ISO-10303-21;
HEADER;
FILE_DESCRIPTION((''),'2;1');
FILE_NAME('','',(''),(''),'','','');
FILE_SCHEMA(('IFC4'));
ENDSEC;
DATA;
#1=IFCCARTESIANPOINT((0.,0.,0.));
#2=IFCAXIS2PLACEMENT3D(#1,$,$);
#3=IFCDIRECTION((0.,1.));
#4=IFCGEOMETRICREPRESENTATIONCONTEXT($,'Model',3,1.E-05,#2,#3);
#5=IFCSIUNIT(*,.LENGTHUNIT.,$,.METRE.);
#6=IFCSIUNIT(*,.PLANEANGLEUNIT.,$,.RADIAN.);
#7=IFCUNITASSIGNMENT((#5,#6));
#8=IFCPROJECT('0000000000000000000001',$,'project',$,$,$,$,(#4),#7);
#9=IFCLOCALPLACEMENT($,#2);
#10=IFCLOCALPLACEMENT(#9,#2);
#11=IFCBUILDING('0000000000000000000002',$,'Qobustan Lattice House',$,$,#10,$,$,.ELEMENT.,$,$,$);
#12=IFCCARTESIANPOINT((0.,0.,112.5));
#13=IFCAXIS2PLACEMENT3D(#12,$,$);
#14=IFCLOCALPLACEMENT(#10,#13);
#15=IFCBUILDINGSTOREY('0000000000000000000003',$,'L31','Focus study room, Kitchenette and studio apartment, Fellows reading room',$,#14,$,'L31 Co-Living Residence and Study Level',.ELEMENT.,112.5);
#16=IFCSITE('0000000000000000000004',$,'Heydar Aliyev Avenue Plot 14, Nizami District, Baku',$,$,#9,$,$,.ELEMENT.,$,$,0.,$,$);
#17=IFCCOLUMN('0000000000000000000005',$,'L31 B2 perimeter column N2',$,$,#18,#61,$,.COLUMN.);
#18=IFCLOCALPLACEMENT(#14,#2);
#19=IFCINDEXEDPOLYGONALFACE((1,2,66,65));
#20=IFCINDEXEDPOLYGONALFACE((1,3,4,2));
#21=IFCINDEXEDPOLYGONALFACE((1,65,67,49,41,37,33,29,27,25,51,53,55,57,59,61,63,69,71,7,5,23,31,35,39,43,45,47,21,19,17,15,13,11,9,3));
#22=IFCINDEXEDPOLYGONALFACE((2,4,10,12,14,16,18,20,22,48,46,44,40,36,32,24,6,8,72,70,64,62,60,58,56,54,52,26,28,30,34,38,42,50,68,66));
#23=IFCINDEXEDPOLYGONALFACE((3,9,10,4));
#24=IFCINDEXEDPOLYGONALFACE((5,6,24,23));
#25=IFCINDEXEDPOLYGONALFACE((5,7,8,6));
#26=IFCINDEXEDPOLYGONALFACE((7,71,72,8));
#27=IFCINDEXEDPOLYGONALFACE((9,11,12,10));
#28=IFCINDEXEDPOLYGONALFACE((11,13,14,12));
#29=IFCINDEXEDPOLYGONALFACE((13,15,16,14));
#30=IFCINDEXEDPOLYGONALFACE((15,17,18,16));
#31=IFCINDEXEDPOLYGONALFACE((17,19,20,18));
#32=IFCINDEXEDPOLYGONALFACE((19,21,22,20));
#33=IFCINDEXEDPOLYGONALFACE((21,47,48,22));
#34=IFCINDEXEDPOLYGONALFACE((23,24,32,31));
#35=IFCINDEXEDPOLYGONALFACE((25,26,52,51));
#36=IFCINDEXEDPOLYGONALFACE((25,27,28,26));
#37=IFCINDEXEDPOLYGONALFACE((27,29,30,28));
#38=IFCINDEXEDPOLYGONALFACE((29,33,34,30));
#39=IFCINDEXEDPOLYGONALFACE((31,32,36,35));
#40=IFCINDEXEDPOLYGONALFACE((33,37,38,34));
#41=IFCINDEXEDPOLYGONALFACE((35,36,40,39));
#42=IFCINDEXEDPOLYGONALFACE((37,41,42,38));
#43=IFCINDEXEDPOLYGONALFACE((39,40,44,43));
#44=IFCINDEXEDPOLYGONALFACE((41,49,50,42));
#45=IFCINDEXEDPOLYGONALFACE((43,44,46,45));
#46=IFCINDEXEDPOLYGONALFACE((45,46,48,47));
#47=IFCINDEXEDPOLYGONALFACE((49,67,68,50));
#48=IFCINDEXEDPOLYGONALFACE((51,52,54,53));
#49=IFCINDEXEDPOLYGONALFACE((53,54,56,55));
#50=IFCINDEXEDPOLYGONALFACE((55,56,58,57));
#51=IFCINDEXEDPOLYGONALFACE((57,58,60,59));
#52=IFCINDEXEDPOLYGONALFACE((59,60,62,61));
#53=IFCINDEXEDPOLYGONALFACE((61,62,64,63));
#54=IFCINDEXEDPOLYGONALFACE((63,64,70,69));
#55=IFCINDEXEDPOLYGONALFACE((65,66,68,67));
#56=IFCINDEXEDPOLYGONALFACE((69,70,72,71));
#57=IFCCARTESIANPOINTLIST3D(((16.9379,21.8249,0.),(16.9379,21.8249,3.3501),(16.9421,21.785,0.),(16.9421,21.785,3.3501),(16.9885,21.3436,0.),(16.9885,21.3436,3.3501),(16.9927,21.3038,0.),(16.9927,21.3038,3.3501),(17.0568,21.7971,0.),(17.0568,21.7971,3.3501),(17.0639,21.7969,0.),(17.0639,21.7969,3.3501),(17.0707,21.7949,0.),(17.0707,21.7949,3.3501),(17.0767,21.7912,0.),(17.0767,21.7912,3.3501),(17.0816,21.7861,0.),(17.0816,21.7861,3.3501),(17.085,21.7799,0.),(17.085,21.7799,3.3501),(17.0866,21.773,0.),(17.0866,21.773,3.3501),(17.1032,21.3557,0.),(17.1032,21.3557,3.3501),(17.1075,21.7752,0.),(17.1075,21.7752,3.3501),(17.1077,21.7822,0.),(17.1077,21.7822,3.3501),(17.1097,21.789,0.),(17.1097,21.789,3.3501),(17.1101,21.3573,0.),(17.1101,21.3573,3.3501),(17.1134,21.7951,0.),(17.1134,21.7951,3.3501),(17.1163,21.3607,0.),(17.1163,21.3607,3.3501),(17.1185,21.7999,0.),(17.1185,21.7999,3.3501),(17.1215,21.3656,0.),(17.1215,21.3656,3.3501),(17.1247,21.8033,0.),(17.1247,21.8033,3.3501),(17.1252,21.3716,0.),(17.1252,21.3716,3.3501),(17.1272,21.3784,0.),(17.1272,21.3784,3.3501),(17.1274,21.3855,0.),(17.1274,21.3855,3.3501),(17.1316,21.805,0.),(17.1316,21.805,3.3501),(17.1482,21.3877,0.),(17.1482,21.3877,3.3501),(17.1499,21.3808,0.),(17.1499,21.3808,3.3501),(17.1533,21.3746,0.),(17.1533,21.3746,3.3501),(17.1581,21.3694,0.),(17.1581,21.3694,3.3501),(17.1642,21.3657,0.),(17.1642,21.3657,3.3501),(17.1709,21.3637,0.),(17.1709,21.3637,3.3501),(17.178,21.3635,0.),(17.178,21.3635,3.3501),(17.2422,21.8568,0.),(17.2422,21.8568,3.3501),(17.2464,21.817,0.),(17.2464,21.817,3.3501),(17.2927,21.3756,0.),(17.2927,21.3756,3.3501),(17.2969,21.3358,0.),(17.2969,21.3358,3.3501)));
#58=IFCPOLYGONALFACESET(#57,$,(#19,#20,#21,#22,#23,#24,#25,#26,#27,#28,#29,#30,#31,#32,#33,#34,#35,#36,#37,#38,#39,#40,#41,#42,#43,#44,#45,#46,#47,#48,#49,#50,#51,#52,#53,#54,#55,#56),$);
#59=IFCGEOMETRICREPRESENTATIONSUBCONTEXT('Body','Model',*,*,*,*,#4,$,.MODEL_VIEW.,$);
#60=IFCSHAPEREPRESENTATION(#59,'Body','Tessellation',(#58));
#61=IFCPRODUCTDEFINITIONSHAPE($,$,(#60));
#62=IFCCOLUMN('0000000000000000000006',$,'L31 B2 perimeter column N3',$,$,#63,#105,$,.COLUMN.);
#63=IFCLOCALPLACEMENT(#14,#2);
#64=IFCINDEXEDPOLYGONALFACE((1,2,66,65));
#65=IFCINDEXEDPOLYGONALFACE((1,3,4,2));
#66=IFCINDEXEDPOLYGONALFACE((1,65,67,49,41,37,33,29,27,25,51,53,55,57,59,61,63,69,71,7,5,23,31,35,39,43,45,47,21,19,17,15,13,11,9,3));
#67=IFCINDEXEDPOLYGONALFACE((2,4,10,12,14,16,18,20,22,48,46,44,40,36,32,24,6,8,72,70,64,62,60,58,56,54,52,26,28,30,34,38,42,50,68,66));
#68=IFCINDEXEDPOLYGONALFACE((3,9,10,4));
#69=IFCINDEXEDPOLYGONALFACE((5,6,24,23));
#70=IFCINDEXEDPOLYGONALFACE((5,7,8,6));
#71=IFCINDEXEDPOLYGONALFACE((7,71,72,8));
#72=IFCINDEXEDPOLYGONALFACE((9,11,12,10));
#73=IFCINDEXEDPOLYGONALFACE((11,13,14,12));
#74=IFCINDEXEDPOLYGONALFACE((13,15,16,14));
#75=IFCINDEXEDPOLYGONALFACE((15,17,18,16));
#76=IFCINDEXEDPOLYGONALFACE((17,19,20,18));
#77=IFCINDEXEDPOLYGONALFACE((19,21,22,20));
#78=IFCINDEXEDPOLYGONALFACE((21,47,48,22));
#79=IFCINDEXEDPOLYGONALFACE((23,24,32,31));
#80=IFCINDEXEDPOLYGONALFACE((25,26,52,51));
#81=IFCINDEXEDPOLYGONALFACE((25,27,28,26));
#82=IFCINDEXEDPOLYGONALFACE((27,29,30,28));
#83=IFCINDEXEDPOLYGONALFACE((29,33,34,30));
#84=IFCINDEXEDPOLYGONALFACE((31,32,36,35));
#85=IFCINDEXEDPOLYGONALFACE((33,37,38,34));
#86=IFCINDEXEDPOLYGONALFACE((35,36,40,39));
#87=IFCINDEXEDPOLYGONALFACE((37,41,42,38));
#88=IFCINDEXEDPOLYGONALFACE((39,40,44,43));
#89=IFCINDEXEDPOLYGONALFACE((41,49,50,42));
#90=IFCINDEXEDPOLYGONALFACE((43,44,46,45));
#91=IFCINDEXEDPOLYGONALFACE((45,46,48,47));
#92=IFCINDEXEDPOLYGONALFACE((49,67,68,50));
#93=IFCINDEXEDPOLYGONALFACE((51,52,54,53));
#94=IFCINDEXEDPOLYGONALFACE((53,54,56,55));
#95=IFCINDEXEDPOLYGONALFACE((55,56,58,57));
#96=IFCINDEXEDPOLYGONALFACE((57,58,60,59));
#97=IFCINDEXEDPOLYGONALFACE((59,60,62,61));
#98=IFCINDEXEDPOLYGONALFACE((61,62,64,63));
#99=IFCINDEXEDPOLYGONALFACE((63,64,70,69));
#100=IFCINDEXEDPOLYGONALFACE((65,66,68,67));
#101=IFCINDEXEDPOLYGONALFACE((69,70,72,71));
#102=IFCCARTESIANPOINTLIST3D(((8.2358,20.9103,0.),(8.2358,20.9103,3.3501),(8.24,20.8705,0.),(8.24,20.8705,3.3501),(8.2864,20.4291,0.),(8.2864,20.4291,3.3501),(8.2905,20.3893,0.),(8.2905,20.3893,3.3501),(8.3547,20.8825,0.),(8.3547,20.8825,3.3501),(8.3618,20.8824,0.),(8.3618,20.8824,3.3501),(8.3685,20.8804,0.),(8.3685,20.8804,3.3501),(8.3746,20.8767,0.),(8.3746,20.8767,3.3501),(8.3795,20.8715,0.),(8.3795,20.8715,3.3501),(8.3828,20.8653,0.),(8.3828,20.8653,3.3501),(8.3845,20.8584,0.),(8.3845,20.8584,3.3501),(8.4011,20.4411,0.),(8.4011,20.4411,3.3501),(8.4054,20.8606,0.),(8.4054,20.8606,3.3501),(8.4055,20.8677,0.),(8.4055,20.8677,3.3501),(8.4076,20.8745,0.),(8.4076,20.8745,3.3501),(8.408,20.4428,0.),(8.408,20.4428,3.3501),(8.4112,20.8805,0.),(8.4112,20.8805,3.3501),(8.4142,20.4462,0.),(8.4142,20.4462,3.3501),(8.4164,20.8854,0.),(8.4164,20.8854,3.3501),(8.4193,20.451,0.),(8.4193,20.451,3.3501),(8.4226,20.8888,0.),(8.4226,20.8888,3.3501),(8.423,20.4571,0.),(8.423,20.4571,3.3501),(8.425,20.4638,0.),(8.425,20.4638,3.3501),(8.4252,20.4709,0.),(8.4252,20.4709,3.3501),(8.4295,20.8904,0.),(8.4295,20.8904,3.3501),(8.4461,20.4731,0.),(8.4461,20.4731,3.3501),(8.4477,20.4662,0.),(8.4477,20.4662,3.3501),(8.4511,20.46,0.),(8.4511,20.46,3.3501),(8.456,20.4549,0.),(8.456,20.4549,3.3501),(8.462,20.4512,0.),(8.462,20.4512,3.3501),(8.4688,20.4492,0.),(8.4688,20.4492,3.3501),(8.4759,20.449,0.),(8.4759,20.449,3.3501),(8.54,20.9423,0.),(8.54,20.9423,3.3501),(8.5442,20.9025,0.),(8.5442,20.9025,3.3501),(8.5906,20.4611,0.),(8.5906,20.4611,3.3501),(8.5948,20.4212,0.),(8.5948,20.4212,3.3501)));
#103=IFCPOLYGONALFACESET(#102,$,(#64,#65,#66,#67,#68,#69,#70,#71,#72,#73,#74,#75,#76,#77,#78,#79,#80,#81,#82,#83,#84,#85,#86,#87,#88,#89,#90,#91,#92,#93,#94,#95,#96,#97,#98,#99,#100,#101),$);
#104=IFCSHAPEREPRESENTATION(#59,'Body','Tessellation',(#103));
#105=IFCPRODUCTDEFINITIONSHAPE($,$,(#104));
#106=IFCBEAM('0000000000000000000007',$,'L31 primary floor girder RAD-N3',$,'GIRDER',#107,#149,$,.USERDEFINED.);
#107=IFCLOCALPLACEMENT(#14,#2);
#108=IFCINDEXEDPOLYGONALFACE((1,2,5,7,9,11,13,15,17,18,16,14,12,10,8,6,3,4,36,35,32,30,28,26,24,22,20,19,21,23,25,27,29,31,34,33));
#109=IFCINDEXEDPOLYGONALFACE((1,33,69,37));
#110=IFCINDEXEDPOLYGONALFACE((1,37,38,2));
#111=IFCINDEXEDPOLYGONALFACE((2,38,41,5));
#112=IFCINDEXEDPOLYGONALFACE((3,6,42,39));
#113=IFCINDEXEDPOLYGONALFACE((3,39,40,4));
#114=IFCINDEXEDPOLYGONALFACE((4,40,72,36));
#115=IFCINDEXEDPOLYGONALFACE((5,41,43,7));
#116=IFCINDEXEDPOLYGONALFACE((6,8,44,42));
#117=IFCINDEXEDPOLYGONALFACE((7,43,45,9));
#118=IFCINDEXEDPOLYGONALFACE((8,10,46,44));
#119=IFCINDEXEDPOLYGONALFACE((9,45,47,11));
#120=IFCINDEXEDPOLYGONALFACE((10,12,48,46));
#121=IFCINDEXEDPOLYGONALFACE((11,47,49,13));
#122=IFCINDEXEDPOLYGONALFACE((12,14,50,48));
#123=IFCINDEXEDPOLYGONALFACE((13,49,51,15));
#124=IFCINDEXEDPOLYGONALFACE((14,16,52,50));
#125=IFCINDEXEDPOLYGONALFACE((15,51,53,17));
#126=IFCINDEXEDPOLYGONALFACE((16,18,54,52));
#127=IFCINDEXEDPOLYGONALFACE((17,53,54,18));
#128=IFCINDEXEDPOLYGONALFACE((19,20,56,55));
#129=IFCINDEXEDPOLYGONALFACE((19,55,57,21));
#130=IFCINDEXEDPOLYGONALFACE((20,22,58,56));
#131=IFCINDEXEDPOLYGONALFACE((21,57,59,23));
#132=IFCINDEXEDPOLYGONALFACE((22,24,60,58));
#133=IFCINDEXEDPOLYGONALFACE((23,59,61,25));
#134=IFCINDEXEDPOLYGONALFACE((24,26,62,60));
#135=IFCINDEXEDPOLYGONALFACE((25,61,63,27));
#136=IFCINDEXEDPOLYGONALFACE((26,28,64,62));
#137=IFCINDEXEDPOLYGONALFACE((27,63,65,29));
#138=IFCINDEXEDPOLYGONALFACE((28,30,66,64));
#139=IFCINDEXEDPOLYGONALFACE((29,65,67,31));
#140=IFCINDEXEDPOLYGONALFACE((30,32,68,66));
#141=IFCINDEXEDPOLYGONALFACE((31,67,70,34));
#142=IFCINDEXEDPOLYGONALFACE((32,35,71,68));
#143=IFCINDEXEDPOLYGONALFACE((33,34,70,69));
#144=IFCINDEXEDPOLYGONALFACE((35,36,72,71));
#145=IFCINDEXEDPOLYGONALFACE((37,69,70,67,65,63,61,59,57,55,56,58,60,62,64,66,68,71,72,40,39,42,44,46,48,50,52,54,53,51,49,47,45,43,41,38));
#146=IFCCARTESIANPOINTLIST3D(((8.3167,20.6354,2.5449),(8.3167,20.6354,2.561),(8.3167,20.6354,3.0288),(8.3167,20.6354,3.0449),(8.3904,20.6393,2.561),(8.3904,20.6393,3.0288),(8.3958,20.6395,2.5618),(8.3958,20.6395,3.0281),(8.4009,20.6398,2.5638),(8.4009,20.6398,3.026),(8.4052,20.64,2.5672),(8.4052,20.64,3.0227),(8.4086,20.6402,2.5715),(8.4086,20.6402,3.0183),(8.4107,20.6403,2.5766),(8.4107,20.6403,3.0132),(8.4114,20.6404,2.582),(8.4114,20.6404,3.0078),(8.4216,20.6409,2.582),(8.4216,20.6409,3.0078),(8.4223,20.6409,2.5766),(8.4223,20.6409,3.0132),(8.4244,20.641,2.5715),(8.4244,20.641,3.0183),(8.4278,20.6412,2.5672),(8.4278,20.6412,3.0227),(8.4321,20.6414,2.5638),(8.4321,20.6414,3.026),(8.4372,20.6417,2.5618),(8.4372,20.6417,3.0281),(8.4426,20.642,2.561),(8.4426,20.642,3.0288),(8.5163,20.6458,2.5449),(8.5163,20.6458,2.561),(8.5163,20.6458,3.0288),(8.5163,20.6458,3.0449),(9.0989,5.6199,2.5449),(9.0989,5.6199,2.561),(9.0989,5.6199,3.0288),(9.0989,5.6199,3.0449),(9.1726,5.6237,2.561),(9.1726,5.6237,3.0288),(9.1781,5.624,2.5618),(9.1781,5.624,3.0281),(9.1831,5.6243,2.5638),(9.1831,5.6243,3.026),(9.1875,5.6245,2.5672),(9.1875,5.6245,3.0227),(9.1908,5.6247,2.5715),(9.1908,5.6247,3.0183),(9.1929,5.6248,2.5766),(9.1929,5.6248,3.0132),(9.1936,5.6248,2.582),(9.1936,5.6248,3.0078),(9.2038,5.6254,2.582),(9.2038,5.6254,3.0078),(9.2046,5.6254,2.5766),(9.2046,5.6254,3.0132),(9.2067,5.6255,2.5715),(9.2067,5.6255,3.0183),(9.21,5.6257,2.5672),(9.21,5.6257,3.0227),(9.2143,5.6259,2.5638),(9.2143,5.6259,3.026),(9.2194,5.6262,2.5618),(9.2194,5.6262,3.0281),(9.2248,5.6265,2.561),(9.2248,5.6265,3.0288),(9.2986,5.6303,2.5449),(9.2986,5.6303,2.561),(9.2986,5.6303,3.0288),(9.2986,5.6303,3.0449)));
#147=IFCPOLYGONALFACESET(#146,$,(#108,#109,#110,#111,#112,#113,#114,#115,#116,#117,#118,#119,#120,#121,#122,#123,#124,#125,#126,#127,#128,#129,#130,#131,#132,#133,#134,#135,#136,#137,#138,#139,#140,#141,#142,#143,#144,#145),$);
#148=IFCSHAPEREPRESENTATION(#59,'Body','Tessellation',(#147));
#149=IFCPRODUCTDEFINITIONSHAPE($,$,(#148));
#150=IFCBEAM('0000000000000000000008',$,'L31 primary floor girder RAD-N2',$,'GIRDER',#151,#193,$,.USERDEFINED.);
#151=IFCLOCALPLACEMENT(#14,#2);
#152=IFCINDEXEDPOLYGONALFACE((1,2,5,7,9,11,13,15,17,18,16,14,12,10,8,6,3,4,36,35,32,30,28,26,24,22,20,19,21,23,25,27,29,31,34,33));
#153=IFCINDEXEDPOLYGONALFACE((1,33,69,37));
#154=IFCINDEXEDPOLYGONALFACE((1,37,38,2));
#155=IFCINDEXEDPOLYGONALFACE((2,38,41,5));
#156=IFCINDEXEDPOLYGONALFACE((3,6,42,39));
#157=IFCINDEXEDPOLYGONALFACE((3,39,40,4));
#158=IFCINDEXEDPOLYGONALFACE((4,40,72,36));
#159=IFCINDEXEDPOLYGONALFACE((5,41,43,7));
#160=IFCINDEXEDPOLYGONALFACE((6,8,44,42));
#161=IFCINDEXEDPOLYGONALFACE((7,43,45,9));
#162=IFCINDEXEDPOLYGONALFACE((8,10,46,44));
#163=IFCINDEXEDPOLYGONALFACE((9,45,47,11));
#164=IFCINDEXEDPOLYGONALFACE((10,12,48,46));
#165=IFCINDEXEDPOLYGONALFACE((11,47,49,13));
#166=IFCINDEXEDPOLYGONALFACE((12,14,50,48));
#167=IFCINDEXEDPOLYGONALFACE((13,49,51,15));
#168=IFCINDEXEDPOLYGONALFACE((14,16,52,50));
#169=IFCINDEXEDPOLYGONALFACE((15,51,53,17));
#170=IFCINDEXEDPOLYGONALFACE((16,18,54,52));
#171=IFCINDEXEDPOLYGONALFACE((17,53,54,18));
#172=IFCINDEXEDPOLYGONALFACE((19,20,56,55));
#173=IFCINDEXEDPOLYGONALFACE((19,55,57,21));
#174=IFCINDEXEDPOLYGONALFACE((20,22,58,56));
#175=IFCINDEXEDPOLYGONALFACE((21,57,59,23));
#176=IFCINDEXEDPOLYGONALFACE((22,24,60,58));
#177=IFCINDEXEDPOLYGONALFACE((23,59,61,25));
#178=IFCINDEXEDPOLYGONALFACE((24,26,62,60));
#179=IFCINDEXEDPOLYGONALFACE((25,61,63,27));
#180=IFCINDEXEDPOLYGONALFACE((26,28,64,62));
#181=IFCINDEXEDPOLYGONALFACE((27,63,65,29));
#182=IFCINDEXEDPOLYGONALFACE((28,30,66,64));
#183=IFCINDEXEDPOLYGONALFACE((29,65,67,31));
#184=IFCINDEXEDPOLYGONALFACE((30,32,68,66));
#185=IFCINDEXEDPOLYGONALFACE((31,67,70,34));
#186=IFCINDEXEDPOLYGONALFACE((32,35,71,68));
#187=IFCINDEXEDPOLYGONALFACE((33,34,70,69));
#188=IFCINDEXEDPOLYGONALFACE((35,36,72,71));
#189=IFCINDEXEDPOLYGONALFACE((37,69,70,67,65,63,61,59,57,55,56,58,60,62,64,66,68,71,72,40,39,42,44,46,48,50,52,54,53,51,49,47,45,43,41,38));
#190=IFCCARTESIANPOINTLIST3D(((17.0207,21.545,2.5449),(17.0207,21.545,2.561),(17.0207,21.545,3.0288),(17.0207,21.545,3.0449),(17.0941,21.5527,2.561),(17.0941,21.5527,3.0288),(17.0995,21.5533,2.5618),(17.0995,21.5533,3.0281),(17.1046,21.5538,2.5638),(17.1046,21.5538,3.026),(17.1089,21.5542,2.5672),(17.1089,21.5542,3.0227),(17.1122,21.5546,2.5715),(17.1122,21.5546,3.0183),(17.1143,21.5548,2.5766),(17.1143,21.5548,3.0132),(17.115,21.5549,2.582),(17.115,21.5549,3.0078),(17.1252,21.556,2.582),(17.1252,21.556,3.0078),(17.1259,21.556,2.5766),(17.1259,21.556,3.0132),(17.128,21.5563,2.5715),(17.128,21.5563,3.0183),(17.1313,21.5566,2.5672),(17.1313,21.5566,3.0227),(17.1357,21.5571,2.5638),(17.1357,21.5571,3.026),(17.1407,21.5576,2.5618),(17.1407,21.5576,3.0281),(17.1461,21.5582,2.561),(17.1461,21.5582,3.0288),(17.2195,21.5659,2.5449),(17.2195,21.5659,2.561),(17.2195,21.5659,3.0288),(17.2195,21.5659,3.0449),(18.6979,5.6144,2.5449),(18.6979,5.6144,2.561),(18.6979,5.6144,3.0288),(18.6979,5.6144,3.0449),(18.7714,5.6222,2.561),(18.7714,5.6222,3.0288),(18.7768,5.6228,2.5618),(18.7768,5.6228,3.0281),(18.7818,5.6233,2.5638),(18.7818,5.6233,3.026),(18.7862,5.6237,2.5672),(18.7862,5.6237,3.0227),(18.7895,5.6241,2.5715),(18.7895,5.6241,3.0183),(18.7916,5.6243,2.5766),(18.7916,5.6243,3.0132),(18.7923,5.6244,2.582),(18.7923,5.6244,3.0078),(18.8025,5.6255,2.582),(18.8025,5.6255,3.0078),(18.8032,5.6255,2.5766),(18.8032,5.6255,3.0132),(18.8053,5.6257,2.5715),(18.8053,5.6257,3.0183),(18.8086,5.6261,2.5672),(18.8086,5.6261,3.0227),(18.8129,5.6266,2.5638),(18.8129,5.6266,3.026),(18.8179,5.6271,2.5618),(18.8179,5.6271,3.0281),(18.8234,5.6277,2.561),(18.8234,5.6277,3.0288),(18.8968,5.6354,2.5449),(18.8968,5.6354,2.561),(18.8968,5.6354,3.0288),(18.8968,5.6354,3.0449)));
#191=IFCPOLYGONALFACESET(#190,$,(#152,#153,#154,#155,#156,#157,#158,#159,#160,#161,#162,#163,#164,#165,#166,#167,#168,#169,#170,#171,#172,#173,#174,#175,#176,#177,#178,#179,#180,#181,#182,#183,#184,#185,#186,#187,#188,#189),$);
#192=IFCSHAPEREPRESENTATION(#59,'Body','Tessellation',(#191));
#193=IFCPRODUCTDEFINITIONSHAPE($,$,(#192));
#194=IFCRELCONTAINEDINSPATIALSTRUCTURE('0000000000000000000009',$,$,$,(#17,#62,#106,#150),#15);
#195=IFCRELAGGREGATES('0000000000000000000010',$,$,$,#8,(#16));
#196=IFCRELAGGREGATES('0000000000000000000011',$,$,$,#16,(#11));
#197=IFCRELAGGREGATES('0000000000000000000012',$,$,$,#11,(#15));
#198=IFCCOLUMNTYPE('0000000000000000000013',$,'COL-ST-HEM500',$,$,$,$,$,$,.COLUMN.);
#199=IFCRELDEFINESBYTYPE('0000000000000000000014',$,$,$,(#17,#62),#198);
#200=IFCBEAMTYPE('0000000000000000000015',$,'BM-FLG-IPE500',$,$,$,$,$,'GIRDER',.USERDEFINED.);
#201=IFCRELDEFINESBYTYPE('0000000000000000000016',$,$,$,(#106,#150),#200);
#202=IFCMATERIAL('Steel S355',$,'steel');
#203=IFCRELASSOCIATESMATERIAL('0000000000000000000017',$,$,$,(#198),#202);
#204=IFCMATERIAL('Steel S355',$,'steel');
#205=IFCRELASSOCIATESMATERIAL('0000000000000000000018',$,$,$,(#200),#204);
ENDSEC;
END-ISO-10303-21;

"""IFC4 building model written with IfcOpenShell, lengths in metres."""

from ifc_helpers import new_model, si_unit, direction, frame, origin, origin_2d, place, context, subcontext, project, spatial, i_section, extrude, material, material_profile, profile_set, type_object, element, save


model = new_model("IFC4")

# Units and contexts
model_context = context("Model", 3, precision=1e-05, world=origin(), true_north=direction((0.0, 1.0)))
body_context = subcontext(model_context, "Body", "Model", "MODEL_VIEW")
ifc_project = project(units=[si_unit("LENGTHUNIT", "METRE"), si_unit("PLANEANGLEUNIT", "RADIAN")], contexts=[model_context])

# Site, building, storey
site_placement = place(None, origin())
site = spatial("IfcSite", under=ifc_project, at=site_placement, Name="Heydar Aliyev Avenue Plot 14, Nizami District, Baku", CompositionType="ELEMENT", RefElevation=0.0)
building_placement = place(site_placement, origin())
building = spatial("IfcBuilding", under=site, at=building_placement, Name="Qobustan Lattice House", CompositionType="ELEMENT")
storey_placement = place(building_placement, frame((0.0, 0.0, 112.5)))
storey = spatial("IfcBuildingStorey", under=building, at=storey_placement, Name="L31", Description="Focus study room, Kitchenette and studio apartment, Fellows reading room", LongName="L31 Co-Living Residence and Study Level", CompositionType="ELEMENT", Elevation=112.5)

# Columns
ifc_material_1 = material(Name="Steel S355", Category="steel")
ifc_material_profile_1 = material_profile(ifc_material_1, i_section(OverallWidth=0.3059, OverallDepth=0.5239, WebThickness=0.021, FlangeThickness=0.04, FilletRadius=0.0271, at=origin_2d()), Name="HEM500")
ifc_profile_set_1 = profile_set([ifc_material_profile_1], Name="Steel S355")
column_type = type_object("IfcColumnType", Name="COL-ST-HEM500", PredefinedType="COLUMN", material=ifc_profile_set_1)
for number, where, z_axis, x_axis, name in (
    (1, (17.1174, 21.5803, 0.0), (0.0, 0.0, 1.0), (0.994522, 0.104528, 0.0), "L31 B2 perimeter column N2"),
    (2, (8.4153, 20.6658, 0.0), (0.0, 0.0, 1.0), (0.994522, 0.104528, 0.0), "L31 B2 perimeter column N3"),
):
    element("IfcColumn", number, at=place(storey_placement, frame(where, z_axis=z_axis, x_axis=x_axis)), inside=storey, type_object=column_type, Name=name, PredefinedType="COLUMN", context=body_context, shape_type="SweptSolid", body=[
        extrude(i_section(OverallWidth=0.3059, OverallDepth=0.5239, WebThickness=0.021, FlangeThickness=0.04, FilletRadius=0.0271, at=origin_2d()), origin(), (0.0, 0.0, 1.0), 3.3501),
    ])

# Beams
ifc_material_2 = material(Name="Steel S355", Category="steel")
ifc_material_profile_2 = material_profile(ifc_material_2, i_section(OverallWidth=0.2, OverallDepth=0.5, WebThickness=0.0103, FlangeThickness=0.0161, FilletRadius=0.021, at=origin_2d()), Name="IPE500")
ifc_profile_set_2 = profile_set([ifc_material_profile_2], Name="Steel S355")
beam_type_1 = type_object("IfcBeamType", Name="BM-FLG-IPE500", ElementType="GIRDER", PredefinedType="USERDEFINED", material=ifc_profile_set_2)
beam_1_placement = place(storey_placement, frame((8.4165, 20.6406, 2.7949), z_axis=(0.052024, -0.998646, 0.0), x_axis=(0.998646, 0.052024, 0.0)))
element("IfcBeam", 3, at=beam_1_placement, inside=storey, type_object=beam_type_1, Name="L31 primary floor girder RAD-N3", ObjectType="GIRDER", PredefinedType="USERDEFINED", context=body_context, shape_type="SweptSolid", body=[
    extrude(i_section(OverallWidth=0.2, OverallDepth=0.5, WebThickness=0.0103, FlangeThickness=0.0161, FilletRadius=0.021, at=origin_2d()), origin(), (0.0, 0.0, 1.0), 15.0359),
])
beam_2_placement = place(storey_placement, frame((17.1201, 21.5554, 2.7949), z_axis=(0.104707, -0.994503, 0.0), x_axis=(0.994503, 0.104707, 0.0)))
element("IfcBeam", 4, at=beam_2_placement, inside=storey, type_object=beam_type_1, Name="L31 primary floor girder RAD-N2", ObjectType="GIRDER", PredefinedType="USERDEFINED", context=body_context, shape_type="SweptSolid", body=[
    extrude(i_section(OverallWidth=0.2, OverallDepth=0.5, WebThickness=0.0103, FlangeThickness=0.0161, FilletRadius=0.021, at=origin_2d()), origin(), (0.0, 0.0, 1.0), 16.0186),
])

save(model, "model.ifc")
